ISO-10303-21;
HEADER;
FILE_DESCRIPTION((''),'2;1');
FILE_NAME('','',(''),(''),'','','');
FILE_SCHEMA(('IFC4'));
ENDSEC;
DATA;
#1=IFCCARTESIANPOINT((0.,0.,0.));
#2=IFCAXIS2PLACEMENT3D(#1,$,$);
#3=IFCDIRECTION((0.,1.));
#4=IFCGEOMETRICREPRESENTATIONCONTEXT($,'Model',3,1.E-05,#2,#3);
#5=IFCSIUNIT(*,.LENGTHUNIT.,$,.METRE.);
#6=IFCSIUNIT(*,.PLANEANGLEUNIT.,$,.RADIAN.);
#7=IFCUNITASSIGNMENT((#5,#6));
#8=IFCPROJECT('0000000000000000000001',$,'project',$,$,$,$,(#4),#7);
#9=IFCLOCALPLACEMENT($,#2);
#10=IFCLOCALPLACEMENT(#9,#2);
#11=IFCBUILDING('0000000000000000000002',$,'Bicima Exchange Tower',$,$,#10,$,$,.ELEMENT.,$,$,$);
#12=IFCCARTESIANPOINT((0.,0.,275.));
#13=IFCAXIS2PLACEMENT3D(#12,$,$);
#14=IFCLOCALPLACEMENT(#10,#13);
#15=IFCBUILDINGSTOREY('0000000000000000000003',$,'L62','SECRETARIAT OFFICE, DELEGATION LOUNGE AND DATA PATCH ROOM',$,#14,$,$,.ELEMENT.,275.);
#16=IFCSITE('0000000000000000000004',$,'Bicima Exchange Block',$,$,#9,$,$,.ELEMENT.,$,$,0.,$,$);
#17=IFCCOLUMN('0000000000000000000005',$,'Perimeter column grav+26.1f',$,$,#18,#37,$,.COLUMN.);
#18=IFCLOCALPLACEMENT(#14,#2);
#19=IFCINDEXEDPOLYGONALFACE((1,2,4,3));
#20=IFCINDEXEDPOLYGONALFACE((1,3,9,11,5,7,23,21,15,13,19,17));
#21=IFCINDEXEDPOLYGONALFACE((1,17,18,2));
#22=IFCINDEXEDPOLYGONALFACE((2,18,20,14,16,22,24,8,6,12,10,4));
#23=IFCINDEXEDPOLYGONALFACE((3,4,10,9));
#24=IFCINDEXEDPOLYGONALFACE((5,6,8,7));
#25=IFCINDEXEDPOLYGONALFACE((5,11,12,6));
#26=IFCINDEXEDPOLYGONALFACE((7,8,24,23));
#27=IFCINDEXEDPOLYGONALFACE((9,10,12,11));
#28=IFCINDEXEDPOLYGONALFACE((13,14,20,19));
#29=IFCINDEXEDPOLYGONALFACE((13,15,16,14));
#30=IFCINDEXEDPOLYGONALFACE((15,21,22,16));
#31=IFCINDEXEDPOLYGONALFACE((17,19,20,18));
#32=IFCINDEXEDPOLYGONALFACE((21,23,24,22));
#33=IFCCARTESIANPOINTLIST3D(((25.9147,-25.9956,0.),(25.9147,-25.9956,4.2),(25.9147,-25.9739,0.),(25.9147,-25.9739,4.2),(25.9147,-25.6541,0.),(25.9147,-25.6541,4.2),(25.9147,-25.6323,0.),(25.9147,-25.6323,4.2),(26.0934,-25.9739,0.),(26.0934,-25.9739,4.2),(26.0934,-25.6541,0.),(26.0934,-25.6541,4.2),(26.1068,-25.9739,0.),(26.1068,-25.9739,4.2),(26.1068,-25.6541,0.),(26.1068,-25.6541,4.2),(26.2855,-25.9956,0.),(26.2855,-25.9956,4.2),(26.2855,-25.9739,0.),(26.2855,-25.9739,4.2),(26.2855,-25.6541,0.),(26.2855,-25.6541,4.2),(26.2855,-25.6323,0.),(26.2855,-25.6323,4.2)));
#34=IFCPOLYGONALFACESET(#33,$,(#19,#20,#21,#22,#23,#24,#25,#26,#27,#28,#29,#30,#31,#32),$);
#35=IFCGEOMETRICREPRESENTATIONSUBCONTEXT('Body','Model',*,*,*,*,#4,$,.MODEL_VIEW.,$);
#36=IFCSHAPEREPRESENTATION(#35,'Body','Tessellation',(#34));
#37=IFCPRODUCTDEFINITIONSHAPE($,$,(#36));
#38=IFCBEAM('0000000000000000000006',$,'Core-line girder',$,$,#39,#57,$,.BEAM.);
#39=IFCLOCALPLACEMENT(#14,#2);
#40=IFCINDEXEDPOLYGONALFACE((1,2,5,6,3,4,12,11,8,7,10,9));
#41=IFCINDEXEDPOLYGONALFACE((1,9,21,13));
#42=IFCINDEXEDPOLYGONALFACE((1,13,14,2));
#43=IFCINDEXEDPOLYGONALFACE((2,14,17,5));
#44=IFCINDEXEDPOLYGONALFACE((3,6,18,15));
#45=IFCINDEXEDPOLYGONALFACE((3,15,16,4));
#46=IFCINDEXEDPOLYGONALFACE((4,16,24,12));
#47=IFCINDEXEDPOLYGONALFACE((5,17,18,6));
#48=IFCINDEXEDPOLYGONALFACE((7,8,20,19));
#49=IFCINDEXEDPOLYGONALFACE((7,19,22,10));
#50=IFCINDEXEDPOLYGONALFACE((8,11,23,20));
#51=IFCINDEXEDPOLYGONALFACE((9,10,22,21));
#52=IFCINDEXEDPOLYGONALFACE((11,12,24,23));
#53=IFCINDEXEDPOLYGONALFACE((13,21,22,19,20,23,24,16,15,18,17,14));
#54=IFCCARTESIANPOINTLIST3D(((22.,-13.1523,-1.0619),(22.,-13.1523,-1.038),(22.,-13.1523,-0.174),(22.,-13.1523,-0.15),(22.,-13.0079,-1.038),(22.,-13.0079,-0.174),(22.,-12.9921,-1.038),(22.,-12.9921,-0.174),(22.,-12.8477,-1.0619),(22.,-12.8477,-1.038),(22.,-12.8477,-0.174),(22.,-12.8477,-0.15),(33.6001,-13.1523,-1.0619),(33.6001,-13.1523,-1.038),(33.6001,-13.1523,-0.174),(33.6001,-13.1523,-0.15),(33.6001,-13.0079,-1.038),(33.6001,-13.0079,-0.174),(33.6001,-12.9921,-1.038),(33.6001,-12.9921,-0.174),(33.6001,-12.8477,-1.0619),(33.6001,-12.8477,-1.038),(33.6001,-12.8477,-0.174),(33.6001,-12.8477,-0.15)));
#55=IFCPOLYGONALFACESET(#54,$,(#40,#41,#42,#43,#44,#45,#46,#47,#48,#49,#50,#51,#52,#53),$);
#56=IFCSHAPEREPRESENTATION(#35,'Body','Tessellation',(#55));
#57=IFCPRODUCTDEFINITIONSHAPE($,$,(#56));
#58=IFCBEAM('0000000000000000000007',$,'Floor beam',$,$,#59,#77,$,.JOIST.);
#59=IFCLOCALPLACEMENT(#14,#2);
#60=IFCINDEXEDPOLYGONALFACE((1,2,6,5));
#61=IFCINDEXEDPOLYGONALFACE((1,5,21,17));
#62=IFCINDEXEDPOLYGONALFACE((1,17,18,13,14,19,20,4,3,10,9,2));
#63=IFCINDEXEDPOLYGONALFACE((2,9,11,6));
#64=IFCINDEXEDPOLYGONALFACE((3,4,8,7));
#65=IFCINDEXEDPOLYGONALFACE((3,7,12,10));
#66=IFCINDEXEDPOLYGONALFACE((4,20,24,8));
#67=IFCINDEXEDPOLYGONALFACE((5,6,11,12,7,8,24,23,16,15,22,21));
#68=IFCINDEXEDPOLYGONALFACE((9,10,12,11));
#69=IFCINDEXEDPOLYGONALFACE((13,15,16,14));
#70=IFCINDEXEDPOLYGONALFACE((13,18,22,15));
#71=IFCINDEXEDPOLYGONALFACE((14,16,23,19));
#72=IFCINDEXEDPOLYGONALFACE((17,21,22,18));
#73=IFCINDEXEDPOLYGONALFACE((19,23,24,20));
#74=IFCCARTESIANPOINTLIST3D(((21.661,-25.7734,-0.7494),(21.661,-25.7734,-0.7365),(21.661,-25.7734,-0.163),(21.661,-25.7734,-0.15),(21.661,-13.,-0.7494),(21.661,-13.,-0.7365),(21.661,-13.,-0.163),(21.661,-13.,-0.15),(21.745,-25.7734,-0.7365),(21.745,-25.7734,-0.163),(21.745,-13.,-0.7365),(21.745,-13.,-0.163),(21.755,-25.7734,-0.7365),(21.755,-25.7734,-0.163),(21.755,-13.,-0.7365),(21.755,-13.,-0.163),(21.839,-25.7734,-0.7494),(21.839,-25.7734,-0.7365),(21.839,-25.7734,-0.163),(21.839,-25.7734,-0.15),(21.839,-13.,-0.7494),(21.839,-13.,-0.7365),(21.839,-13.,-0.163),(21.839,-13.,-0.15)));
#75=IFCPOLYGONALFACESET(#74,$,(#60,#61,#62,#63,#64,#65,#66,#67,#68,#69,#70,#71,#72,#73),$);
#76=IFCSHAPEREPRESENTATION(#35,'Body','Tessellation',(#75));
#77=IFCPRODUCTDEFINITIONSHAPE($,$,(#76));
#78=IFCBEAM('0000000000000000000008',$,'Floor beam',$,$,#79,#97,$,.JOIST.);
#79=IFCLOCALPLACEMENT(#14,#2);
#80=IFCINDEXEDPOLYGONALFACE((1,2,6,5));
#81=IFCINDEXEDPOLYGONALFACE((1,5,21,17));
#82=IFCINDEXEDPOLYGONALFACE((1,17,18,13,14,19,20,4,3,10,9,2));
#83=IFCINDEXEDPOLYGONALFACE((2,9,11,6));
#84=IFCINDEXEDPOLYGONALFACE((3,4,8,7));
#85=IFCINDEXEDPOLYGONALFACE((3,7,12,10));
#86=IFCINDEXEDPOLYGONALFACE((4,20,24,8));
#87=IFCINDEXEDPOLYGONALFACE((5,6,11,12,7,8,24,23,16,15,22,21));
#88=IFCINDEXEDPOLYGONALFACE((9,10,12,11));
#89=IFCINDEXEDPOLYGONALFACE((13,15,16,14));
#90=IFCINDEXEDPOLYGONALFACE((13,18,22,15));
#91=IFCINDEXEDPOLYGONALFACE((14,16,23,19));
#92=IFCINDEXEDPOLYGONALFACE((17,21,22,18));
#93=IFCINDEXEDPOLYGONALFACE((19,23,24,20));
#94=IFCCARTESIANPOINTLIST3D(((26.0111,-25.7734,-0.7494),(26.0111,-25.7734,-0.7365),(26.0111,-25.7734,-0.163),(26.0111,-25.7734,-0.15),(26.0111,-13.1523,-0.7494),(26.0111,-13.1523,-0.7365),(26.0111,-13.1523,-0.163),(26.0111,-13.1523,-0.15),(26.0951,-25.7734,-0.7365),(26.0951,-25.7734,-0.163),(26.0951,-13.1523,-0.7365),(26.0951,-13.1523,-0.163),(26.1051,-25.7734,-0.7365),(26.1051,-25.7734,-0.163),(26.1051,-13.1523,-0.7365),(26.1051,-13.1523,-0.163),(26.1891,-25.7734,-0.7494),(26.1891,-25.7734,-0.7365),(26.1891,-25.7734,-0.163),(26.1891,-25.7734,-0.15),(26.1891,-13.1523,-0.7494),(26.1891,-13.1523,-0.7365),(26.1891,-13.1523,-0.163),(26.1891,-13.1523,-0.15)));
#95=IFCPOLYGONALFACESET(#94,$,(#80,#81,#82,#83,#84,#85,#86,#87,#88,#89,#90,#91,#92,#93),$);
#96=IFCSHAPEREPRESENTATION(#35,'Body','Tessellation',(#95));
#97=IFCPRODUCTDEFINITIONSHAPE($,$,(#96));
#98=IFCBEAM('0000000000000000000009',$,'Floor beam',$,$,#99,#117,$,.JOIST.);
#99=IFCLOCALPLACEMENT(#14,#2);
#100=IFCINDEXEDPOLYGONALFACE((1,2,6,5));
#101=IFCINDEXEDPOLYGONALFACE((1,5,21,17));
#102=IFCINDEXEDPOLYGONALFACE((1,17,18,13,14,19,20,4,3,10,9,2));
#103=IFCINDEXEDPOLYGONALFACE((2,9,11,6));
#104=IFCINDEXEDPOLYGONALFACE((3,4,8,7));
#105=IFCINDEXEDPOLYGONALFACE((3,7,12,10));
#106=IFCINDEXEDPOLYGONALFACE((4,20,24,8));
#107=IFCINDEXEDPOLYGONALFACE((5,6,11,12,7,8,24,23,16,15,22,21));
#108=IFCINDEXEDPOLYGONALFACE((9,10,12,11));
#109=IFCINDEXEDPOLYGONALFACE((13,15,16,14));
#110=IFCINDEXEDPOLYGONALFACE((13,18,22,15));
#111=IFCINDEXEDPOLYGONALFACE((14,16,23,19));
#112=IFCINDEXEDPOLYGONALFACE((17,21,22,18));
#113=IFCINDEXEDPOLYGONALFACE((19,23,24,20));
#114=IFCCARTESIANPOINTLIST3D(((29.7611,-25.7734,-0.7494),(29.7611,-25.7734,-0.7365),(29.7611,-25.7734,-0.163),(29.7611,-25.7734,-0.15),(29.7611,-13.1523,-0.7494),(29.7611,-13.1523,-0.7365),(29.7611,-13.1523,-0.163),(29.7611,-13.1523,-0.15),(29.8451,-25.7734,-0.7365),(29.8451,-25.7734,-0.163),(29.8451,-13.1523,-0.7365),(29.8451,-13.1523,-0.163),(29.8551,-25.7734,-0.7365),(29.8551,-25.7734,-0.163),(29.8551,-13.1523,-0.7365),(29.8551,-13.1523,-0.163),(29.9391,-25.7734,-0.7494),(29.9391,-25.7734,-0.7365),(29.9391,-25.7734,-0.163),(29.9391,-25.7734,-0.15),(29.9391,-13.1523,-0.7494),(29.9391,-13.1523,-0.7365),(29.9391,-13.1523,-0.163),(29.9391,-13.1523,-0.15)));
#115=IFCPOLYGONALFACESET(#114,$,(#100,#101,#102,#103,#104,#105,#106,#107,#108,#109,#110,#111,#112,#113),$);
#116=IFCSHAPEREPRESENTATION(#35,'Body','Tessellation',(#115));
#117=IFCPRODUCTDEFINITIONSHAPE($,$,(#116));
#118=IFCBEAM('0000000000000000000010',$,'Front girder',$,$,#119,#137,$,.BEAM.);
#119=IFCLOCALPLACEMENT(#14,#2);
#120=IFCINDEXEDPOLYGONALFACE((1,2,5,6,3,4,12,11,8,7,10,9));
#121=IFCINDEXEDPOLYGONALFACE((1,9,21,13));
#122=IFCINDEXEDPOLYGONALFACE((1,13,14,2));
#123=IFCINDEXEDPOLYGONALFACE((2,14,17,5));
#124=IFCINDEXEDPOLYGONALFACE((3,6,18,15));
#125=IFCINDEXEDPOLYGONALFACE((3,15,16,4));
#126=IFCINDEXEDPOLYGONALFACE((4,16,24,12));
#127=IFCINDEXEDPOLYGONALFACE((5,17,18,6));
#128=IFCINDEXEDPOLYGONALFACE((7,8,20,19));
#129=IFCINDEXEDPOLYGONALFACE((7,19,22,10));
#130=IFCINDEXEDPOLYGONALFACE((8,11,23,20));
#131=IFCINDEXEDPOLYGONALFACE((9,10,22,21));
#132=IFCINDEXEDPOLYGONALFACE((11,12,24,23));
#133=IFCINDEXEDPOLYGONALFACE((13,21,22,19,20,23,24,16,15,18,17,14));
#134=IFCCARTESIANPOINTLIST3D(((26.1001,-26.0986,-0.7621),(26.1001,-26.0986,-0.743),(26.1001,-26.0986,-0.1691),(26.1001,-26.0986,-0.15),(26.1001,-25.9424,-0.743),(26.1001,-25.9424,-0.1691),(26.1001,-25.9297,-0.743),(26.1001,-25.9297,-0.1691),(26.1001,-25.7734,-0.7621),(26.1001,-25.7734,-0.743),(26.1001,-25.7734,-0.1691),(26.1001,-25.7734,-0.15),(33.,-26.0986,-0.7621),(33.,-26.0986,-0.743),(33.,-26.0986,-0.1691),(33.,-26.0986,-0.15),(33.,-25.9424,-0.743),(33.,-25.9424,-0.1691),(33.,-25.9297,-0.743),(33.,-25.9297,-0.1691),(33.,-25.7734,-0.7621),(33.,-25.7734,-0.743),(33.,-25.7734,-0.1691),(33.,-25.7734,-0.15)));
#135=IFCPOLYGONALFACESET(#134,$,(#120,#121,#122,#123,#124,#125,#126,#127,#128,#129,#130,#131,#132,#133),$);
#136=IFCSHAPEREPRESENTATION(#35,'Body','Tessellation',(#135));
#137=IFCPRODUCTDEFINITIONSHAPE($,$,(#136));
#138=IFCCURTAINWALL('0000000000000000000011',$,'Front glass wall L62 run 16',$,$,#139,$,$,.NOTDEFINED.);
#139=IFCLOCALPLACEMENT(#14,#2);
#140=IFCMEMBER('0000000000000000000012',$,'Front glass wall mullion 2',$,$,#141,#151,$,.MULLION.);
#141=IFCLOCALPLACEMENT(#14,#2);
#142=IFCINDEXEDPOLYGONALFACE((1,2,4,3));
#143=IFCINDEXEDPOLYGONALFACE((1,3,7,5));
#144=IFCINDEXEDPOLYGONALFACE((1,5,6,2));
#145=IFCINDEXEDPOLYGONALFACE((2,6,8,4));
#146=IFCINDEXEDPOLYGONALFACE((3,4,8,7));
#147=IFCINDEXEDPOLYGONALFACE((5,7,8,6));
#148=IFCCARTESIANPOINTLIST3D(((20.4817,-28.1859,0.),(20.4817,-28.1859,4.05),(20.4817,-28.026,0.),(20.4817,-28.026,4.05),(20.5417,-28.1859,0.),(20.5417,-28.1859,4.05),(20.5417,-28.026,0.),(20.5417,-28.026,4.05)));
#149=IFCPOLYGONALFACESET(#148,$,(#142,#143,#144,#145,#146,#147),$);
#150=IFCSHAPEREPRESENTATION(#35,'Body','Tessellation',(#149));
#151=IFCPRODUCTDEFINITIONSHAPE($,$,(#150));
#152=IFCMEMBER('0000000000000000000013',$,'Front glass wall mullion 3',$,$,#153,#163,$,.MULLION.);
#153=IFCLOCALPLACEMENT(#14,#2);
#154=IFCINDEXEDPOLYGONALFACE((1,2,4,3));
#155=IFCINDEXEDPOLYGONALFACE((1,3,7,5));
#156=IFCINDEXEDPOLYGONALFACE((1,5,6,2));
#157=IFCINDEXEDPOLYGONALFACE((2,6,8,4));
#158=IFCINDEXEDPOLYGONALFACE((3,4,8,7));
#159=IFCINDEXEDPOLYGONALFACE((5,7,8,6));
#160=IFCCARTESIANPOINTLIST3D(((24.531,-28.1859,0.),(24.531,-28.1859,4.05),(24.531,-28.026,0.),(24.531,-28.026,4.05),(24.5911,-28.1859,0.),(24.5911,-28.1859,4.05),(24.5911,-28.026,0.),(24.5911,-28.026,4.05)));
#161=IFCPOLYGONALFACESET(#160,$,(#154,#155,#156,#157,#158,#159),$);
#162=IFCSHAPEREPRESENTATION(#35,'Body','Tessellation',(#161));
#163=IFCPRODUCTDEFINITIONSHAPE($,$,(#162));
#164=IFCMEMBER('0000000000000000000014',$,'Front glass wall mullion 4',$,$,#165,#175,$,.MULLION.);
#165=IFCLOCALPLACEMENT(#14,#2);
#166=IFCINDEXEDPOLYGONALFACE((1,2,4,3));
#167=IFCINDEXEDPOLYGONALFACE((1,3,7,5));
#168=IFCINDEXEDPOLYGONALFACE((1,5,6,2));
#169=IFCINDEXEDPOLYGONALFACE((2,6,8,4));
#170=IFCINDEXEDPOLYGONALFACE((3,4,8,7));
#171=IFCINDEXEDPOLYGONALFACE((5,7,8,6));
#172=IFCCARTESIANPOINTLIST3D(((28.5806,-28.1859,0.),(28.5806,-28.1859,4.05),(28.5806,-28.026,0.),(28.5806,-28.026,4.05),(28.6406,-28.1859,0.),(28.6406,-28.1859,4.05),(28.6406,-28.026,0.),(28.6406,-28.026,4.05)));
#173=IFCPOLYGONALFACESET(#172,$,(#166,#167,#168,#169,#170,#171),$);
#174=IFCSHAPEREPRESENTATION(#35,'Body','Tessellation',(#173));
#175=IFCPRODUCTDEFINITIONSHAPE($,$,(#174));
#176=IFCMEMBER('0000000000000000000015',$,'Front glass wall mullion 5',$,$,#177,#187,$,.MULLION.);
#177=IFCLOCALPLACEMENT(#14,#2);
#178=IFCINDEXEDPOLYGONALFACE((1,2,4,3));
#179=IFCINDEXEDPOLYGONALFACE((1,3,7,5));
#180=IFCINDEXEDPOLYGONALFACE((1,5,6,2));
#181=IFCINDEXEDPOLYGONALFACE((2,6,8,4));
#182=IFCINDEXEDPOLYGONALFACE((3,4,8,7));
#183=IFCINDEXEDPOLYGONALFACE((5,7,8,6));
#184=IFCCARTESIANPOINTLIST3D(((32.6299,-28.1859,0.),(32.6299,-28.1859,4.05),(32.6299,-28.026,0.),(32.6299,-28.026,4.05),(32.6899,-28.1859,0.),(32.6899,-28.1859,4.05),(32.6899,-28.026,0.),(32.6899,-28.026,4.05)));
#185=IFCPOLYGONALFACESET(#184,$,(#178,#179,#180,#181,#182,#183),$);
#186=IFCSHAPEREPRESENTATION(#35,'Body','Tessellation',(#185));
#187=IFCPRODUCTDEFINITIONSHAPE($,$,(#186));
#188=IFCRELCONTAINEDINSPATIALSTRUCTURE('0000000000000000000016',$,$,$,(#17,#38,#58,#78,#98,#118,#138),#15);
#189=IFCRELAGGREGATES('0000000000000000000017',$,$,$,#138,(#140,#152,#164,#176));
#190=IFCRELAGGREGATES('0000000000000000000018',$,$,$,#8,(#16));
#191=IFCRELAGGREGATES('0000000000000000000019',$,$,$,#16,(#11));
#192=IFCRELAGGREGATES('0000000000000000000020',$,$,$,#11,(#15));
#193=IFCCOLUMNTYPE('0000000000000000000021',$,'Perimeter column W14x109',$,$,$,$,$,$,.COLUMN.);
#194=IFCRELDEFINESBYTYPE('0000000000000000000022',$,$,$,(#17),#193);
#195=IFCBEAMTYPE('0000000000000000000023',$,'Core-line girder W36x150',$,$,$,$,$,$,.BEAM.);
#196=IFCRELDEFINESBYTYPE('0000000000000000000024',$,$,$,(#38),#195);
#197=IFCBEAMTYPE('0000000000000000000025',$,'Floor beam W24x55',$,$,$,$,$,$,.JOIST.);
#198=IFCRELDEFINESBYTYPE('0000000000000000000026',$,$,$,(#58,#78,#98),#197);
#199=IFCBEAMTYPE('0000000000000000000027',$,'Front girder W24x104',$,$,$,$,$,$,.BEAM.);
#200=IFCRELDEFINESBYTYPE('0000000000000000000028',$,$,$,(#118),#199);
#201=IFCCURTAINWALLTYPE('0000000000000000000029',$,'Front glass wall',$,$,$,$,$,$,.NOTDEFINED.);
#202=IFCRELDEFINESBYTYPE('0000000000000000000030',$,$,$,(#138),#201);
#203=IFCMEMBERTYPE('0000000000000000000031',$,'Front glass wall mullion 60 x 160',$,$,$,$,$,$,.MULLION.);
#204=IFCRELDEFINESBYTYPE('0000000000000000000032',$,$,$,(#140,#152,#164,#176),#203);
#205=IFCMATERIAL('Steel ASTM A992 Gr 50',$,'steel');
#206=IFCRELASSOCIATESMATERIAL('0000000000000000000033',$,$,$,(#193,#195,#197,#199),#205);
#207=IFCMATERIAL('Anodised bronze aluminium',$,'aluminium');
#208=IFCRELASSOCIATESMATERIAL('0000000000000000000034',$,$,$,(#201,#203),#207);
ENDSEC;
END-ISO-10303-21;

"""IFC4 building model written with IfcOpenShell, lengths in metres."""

from ifc_helpers import new_model, si_unit, direction, frame, origin, origin_2d, place, context, subcontext, project, spatial, rectangle, i_section, extrude, material, material_profile, profile_set, type_object, element, aggregate, save


model = new_model("IFC4")

# Units and contexts
model_context = context("Model", 3, precision=1e-05, world=origin(), true_north=direction((0.0, 1.0)))
body_context = subcontext(model_context, "Body", "Model", "MODEL_VIEW")
ifc_project = project(units=[si_unit("LENGTHUNIT", "METRE"), si_unit("PLANEANGLEUNIT", "RADIAN")], contexts=[model_context])

# Site, building, storey
site_placement = place(None, origin())
site = spatial("IfcSite", under=ifc_project, at=site_placement, Name="Bicima Exchange Block", CompositionType="ELEMENT", RefElevation=0.0)
building_placement = place(site_placement, origin())
building = spatial("IfcBuilding", under=site, at=building_placement, Name="Bicima Exchange Tower", CompositionType="ELEMENT")
storey_placement = place(building_placement, frame((0.0, 0.0, 275.0)))
storey = spatial("IfcBuildingStorey", under=building, at=storey_placement, Name="L62", Description="SECRETARIAT OFFICE, DELEGATION LOUNGE AND DATA PATCH ROOM", CompositionType="ELEMENT", Elevation=275.0)

# Column
ifc_material_1 = material(Name="Steel ASTM A992 Gr 50", Category="steel")
ifc_material_profile_1 = material_profile(ifc_material_1, i_section(OverallWidth=0.3708, OverallDepth=0.3633, WebThickness=0.0134, FlangeThickness=0.0217, at=origin_2d()))
ifc_profile_set_1 = profile_set([ifc_material_profile_1], Name="Steel ASTM A992 Gr 50")
column_type = type_object("IfcColumnType", Name="Perimeter column W14x109", PredefinedType="COLUMN", material=ifc_profile_set_1)
column_placement = place(storey_placement, frame((26.1001, -25.814, 0.0), z_axis=(0.0, 0.0, 1.0), x_axis=(1.0, 0.0, 0.0)))
element("IfcColumn", 1, at=column_placement, inside=storey, type_object=column_type, Name="Perimeter column grav+26.1f", PredefinedType="COLUMN", context=body_context, shape_type="SweptSolid", body=[
    extrude(i_section(OverallWidth=0.3708, OverallDepth=0.3633, WebThickness=0.0134, FlangeThickness=0.0217, at=origin_2d()), origin(), (0.0, 0.0, 1.0), 4.2),
])

# Beams
ifc_material_profile_2 = material_profile(ifc_material_1, i_section(OverallWidth=0.3047, OverallDepth=0.9119, WebThickness=0.0159, FlangeThickness=0.0239, at=origin_2d()))
ifc_profile_set_2 = profile_set([ifc_material_profile_2], Name="Steel ASTM A992 Gr 50")
beam_type_1 = type_object("IfcBeamType", Name="Core-line girder W36x150", PredefinedType="BEAM", material=ifc_profile_set_2)
beam_1_placement = place(storey_placement, frame((22.0, -13.0, -0.606), z_axis=(1.0, 0.0, 0.0), x_axis=(0.0, 1.0, 0.0)))
element("IfcBeam", 2, at=beam_1_placement, inside=storey, type_object=beam_type_1, Name="Core-line girder", PredefinedType="BEAM", context=body_context, shape_type="SweptSolid", body=[
    extrude(i_section(OverallWidth=0.3047, OverallDepth=0.9119, WebThickness=0.0159, FlangeThickness=0.0239, at=origin_2d()), origin(), (0.0, 0.0, 1.0), 11.6001),
])
ifc_material_profile_3 = material_profile(ifc_material_1, i_section(OverallWidth=0.178, OverallDepth=0.5994, WebThickness=0.01, FlangeThickness=0.0129, at=origin_2d()))
ifc_profile_set_3 = profile_set([ifc_material_profile_3], Name="Steel ASTM A992 Gr 50")
beam_type_2 = type_object("IfcBeamType", Name="Floor beam W24x55", PredefinedType="JOIST", material=ifc_profile_set_3)
beam_2_placement = place(storey_placement, frame((21.75, -13.0, -0.4497), z_axis=(0.0, -1.0, 0.0), x_axis=(1.0, 0.0, 0.0)))
element("IfcBeam", 3, at=beam_2_placement, inside=storey, type_object=beam_type_2, Name="Floor beam", PredefinedType="JOIST", context=body_context, shape_type="SweptSolid", body=[
    extrude(i_section(OverallWidth=0.178, OverallDepth=0.5994, WebThickness=0.01, FlangeThickness=0.0129, at=origin_2d()), origin(), (0.0, 0.0, 1.0), 12.7734),
])
for number, where, z_axis, x_axis, name in (
    (4, (26.1001, -13.1523, -0.4497), (0.0, -1.0, 0.0), (1.0, 0.0, 0.0), "Floor beam"),
    (5, (29.8501, -13.1523, -0.4497), (0.0, -1.0, 0.0), (1.0, 0.0, 0.0), "Floor beam"),
):
    element("IfcBeam", number, at=place(storey_placement, frame(where, z_axis=z_axis, x_axis=x_axis)), inside=storey, type_object=beam_type_2, Name=name, PredefinedType="JOIST", context=body_context, shape_type="SweptSolid", body=[
        extrude(i_section(OverallWidth=0.178, OverallDepth=0.5994, WebThickness=0.01, FlangeThickness=0.0129, at=origin_2d()), origin(), (0.0, 0.0, 1.0), 12.6211),
    ])
ifc_material_profile_4 = material_profile(ifc_material_1, i_section(OverallWidth=0.3252, OverallDepth=0.6121, WebThickness=0.0127, FlangeThickness=0.019, at=origin_2d()))
ifc_profile_set_4 = profile_set([ifc_material_profile_4], Name="Steel ASTM A992 Gr 50")
beam_type_3 = type_object("IfcBeamType", Name="Front girder W24x104", PredefinedType="BEAM", material=ifc_profile_set_4)
beam_3_placement = place(storey_placement, frame((26.1001, -25.936, -0.4561), z_axis=(1.0, 0.0, 0.0), x_axis=(0.0, 1.0, 0.0)))
element("IfcBeam", 6, at=beam_3_placement, inside=storey, type_object=beam_type_3, Name="Front girder", PredefinedType="BEAM", context=body_context, shape_type="SweptSolid", body=[
    extrude(i_section(OverallWidth=0.3252, OverallDepth=0.6121, WebThickness=0.0127, FlangeThickness=0.019, at=origin_2d()), origin(), (0.0, 0.0, 1.0), 6.8999),
])

# Curtain wall, members
ifc_material_2 = material(Name="Anodised bronze aluminium", Category="aluminium")
curtain_wall_type = type_object("IfcCurtainWallType", Name="Front glass wall", PredefinedType="NOTDEFINED", material=ifc_material_2)
curtain_wall_1_placement = place(storey_placement, origin())
curtain_wall_1 = element("IfcCurtainWall", 7, at=curtain_wall_1_placement, inside=storey, type_object=curtain_wall_type, Name="Front glass wall L62 run 16", PredefinedType="NOTDEFINED")
ifc_material_profile_5 = material_profile(ifc_material_2, rectangle(XDim=0.1599, YDim=0.0601, at=origin_2d()))
ifc_profile_set_5 = profile_set([ifc_material_profile_5], Name="Anodised bronze aluminium")
member_type_1 = type_object("IfcMemberType", Name="Front glass wall mullion 60 x 160", PredefinedType="MULLION", material=ifc_profile_set_5)
member_1_placement = place(storey_placement, frame((20.5117, -28.106, 0.0), z_axis=(0.0, 0.0, 1.0), x_axis=(0.0, 1.0, 0.0)))
member_1 = element("IfcMember", 8, at=member_1_placement, type_object=member_type_1, Name="Front glass wall mullion 2", PredefinedType="MULLION", context=body_context, shape_type="SweptSolid", body=[
    extrude(rectangle(XDim=0.1599, YDim=0.0601, at=origin_2d()), origin(), (0.0, 0.0, 1.0), 4.05),
])
member_2_placement = place(storey_placement, frame((24.561, -28.106, 0.0), z_axis=(0.0, 0.0, 1.0), x_axis=(0.0, 1.0, 0.0)))
member_2 = element("IfcMember", 9, at=member_2_placement, type_object=member_type_1, Name="Front glass wall mullion 3", PredefinedType="MULLION", context=body_context, shape_type="SweptSolid", body=[
    extrude(rectangle(XDim=0.1599, YDim=0.0601, at=origin_2d()), origin(), (0.0, 0.0, 1.0), 4.05),
])
member_3_placement = place(storey_placement, frame((28.6106, -28.106, 0.0), z_axis=(0.0, 0.0, 1.0), x_axis=(0.0, 1.0, 0.0)))
member_3 = element("IfcMember", 10, at=member_3_placement, type_object=member_type_1, Name="Front glass wall mullion 4", PredefinedType="MULLION", context=body_context, shape_type="SweptSolid", body=[
    extrude(rectangle(XDim=0.1599, YDim=0.0601, at=origin_2d()), origin(), (0.0, 0.0, 1.0), 4.05),
])
member_4_placement = place(storey_placement, frame((32.6599, -28.106, 0.0), z_axis=(0.0, 0.0, 1.0), x_axis=(0.0, 1.0, 0.0)))
member_4 = element("IfcMember", 11, at=member_4_placement, type_object=member_type_1, Name="Front glass wall mullion 5", PredefinedType="MULLION", context=body_context, shape_type="SweptSolid", body=[
    extrude(rectangle(XDim=0.1599, YDim=0.0601, at=origin_2d()), origin(), (0.0, 0.0, 1.0), 4.05),
])

aggregate(curtain_wall_1, [member_1, member_2, member_3, member_4])

save(model, "model.ifc")
